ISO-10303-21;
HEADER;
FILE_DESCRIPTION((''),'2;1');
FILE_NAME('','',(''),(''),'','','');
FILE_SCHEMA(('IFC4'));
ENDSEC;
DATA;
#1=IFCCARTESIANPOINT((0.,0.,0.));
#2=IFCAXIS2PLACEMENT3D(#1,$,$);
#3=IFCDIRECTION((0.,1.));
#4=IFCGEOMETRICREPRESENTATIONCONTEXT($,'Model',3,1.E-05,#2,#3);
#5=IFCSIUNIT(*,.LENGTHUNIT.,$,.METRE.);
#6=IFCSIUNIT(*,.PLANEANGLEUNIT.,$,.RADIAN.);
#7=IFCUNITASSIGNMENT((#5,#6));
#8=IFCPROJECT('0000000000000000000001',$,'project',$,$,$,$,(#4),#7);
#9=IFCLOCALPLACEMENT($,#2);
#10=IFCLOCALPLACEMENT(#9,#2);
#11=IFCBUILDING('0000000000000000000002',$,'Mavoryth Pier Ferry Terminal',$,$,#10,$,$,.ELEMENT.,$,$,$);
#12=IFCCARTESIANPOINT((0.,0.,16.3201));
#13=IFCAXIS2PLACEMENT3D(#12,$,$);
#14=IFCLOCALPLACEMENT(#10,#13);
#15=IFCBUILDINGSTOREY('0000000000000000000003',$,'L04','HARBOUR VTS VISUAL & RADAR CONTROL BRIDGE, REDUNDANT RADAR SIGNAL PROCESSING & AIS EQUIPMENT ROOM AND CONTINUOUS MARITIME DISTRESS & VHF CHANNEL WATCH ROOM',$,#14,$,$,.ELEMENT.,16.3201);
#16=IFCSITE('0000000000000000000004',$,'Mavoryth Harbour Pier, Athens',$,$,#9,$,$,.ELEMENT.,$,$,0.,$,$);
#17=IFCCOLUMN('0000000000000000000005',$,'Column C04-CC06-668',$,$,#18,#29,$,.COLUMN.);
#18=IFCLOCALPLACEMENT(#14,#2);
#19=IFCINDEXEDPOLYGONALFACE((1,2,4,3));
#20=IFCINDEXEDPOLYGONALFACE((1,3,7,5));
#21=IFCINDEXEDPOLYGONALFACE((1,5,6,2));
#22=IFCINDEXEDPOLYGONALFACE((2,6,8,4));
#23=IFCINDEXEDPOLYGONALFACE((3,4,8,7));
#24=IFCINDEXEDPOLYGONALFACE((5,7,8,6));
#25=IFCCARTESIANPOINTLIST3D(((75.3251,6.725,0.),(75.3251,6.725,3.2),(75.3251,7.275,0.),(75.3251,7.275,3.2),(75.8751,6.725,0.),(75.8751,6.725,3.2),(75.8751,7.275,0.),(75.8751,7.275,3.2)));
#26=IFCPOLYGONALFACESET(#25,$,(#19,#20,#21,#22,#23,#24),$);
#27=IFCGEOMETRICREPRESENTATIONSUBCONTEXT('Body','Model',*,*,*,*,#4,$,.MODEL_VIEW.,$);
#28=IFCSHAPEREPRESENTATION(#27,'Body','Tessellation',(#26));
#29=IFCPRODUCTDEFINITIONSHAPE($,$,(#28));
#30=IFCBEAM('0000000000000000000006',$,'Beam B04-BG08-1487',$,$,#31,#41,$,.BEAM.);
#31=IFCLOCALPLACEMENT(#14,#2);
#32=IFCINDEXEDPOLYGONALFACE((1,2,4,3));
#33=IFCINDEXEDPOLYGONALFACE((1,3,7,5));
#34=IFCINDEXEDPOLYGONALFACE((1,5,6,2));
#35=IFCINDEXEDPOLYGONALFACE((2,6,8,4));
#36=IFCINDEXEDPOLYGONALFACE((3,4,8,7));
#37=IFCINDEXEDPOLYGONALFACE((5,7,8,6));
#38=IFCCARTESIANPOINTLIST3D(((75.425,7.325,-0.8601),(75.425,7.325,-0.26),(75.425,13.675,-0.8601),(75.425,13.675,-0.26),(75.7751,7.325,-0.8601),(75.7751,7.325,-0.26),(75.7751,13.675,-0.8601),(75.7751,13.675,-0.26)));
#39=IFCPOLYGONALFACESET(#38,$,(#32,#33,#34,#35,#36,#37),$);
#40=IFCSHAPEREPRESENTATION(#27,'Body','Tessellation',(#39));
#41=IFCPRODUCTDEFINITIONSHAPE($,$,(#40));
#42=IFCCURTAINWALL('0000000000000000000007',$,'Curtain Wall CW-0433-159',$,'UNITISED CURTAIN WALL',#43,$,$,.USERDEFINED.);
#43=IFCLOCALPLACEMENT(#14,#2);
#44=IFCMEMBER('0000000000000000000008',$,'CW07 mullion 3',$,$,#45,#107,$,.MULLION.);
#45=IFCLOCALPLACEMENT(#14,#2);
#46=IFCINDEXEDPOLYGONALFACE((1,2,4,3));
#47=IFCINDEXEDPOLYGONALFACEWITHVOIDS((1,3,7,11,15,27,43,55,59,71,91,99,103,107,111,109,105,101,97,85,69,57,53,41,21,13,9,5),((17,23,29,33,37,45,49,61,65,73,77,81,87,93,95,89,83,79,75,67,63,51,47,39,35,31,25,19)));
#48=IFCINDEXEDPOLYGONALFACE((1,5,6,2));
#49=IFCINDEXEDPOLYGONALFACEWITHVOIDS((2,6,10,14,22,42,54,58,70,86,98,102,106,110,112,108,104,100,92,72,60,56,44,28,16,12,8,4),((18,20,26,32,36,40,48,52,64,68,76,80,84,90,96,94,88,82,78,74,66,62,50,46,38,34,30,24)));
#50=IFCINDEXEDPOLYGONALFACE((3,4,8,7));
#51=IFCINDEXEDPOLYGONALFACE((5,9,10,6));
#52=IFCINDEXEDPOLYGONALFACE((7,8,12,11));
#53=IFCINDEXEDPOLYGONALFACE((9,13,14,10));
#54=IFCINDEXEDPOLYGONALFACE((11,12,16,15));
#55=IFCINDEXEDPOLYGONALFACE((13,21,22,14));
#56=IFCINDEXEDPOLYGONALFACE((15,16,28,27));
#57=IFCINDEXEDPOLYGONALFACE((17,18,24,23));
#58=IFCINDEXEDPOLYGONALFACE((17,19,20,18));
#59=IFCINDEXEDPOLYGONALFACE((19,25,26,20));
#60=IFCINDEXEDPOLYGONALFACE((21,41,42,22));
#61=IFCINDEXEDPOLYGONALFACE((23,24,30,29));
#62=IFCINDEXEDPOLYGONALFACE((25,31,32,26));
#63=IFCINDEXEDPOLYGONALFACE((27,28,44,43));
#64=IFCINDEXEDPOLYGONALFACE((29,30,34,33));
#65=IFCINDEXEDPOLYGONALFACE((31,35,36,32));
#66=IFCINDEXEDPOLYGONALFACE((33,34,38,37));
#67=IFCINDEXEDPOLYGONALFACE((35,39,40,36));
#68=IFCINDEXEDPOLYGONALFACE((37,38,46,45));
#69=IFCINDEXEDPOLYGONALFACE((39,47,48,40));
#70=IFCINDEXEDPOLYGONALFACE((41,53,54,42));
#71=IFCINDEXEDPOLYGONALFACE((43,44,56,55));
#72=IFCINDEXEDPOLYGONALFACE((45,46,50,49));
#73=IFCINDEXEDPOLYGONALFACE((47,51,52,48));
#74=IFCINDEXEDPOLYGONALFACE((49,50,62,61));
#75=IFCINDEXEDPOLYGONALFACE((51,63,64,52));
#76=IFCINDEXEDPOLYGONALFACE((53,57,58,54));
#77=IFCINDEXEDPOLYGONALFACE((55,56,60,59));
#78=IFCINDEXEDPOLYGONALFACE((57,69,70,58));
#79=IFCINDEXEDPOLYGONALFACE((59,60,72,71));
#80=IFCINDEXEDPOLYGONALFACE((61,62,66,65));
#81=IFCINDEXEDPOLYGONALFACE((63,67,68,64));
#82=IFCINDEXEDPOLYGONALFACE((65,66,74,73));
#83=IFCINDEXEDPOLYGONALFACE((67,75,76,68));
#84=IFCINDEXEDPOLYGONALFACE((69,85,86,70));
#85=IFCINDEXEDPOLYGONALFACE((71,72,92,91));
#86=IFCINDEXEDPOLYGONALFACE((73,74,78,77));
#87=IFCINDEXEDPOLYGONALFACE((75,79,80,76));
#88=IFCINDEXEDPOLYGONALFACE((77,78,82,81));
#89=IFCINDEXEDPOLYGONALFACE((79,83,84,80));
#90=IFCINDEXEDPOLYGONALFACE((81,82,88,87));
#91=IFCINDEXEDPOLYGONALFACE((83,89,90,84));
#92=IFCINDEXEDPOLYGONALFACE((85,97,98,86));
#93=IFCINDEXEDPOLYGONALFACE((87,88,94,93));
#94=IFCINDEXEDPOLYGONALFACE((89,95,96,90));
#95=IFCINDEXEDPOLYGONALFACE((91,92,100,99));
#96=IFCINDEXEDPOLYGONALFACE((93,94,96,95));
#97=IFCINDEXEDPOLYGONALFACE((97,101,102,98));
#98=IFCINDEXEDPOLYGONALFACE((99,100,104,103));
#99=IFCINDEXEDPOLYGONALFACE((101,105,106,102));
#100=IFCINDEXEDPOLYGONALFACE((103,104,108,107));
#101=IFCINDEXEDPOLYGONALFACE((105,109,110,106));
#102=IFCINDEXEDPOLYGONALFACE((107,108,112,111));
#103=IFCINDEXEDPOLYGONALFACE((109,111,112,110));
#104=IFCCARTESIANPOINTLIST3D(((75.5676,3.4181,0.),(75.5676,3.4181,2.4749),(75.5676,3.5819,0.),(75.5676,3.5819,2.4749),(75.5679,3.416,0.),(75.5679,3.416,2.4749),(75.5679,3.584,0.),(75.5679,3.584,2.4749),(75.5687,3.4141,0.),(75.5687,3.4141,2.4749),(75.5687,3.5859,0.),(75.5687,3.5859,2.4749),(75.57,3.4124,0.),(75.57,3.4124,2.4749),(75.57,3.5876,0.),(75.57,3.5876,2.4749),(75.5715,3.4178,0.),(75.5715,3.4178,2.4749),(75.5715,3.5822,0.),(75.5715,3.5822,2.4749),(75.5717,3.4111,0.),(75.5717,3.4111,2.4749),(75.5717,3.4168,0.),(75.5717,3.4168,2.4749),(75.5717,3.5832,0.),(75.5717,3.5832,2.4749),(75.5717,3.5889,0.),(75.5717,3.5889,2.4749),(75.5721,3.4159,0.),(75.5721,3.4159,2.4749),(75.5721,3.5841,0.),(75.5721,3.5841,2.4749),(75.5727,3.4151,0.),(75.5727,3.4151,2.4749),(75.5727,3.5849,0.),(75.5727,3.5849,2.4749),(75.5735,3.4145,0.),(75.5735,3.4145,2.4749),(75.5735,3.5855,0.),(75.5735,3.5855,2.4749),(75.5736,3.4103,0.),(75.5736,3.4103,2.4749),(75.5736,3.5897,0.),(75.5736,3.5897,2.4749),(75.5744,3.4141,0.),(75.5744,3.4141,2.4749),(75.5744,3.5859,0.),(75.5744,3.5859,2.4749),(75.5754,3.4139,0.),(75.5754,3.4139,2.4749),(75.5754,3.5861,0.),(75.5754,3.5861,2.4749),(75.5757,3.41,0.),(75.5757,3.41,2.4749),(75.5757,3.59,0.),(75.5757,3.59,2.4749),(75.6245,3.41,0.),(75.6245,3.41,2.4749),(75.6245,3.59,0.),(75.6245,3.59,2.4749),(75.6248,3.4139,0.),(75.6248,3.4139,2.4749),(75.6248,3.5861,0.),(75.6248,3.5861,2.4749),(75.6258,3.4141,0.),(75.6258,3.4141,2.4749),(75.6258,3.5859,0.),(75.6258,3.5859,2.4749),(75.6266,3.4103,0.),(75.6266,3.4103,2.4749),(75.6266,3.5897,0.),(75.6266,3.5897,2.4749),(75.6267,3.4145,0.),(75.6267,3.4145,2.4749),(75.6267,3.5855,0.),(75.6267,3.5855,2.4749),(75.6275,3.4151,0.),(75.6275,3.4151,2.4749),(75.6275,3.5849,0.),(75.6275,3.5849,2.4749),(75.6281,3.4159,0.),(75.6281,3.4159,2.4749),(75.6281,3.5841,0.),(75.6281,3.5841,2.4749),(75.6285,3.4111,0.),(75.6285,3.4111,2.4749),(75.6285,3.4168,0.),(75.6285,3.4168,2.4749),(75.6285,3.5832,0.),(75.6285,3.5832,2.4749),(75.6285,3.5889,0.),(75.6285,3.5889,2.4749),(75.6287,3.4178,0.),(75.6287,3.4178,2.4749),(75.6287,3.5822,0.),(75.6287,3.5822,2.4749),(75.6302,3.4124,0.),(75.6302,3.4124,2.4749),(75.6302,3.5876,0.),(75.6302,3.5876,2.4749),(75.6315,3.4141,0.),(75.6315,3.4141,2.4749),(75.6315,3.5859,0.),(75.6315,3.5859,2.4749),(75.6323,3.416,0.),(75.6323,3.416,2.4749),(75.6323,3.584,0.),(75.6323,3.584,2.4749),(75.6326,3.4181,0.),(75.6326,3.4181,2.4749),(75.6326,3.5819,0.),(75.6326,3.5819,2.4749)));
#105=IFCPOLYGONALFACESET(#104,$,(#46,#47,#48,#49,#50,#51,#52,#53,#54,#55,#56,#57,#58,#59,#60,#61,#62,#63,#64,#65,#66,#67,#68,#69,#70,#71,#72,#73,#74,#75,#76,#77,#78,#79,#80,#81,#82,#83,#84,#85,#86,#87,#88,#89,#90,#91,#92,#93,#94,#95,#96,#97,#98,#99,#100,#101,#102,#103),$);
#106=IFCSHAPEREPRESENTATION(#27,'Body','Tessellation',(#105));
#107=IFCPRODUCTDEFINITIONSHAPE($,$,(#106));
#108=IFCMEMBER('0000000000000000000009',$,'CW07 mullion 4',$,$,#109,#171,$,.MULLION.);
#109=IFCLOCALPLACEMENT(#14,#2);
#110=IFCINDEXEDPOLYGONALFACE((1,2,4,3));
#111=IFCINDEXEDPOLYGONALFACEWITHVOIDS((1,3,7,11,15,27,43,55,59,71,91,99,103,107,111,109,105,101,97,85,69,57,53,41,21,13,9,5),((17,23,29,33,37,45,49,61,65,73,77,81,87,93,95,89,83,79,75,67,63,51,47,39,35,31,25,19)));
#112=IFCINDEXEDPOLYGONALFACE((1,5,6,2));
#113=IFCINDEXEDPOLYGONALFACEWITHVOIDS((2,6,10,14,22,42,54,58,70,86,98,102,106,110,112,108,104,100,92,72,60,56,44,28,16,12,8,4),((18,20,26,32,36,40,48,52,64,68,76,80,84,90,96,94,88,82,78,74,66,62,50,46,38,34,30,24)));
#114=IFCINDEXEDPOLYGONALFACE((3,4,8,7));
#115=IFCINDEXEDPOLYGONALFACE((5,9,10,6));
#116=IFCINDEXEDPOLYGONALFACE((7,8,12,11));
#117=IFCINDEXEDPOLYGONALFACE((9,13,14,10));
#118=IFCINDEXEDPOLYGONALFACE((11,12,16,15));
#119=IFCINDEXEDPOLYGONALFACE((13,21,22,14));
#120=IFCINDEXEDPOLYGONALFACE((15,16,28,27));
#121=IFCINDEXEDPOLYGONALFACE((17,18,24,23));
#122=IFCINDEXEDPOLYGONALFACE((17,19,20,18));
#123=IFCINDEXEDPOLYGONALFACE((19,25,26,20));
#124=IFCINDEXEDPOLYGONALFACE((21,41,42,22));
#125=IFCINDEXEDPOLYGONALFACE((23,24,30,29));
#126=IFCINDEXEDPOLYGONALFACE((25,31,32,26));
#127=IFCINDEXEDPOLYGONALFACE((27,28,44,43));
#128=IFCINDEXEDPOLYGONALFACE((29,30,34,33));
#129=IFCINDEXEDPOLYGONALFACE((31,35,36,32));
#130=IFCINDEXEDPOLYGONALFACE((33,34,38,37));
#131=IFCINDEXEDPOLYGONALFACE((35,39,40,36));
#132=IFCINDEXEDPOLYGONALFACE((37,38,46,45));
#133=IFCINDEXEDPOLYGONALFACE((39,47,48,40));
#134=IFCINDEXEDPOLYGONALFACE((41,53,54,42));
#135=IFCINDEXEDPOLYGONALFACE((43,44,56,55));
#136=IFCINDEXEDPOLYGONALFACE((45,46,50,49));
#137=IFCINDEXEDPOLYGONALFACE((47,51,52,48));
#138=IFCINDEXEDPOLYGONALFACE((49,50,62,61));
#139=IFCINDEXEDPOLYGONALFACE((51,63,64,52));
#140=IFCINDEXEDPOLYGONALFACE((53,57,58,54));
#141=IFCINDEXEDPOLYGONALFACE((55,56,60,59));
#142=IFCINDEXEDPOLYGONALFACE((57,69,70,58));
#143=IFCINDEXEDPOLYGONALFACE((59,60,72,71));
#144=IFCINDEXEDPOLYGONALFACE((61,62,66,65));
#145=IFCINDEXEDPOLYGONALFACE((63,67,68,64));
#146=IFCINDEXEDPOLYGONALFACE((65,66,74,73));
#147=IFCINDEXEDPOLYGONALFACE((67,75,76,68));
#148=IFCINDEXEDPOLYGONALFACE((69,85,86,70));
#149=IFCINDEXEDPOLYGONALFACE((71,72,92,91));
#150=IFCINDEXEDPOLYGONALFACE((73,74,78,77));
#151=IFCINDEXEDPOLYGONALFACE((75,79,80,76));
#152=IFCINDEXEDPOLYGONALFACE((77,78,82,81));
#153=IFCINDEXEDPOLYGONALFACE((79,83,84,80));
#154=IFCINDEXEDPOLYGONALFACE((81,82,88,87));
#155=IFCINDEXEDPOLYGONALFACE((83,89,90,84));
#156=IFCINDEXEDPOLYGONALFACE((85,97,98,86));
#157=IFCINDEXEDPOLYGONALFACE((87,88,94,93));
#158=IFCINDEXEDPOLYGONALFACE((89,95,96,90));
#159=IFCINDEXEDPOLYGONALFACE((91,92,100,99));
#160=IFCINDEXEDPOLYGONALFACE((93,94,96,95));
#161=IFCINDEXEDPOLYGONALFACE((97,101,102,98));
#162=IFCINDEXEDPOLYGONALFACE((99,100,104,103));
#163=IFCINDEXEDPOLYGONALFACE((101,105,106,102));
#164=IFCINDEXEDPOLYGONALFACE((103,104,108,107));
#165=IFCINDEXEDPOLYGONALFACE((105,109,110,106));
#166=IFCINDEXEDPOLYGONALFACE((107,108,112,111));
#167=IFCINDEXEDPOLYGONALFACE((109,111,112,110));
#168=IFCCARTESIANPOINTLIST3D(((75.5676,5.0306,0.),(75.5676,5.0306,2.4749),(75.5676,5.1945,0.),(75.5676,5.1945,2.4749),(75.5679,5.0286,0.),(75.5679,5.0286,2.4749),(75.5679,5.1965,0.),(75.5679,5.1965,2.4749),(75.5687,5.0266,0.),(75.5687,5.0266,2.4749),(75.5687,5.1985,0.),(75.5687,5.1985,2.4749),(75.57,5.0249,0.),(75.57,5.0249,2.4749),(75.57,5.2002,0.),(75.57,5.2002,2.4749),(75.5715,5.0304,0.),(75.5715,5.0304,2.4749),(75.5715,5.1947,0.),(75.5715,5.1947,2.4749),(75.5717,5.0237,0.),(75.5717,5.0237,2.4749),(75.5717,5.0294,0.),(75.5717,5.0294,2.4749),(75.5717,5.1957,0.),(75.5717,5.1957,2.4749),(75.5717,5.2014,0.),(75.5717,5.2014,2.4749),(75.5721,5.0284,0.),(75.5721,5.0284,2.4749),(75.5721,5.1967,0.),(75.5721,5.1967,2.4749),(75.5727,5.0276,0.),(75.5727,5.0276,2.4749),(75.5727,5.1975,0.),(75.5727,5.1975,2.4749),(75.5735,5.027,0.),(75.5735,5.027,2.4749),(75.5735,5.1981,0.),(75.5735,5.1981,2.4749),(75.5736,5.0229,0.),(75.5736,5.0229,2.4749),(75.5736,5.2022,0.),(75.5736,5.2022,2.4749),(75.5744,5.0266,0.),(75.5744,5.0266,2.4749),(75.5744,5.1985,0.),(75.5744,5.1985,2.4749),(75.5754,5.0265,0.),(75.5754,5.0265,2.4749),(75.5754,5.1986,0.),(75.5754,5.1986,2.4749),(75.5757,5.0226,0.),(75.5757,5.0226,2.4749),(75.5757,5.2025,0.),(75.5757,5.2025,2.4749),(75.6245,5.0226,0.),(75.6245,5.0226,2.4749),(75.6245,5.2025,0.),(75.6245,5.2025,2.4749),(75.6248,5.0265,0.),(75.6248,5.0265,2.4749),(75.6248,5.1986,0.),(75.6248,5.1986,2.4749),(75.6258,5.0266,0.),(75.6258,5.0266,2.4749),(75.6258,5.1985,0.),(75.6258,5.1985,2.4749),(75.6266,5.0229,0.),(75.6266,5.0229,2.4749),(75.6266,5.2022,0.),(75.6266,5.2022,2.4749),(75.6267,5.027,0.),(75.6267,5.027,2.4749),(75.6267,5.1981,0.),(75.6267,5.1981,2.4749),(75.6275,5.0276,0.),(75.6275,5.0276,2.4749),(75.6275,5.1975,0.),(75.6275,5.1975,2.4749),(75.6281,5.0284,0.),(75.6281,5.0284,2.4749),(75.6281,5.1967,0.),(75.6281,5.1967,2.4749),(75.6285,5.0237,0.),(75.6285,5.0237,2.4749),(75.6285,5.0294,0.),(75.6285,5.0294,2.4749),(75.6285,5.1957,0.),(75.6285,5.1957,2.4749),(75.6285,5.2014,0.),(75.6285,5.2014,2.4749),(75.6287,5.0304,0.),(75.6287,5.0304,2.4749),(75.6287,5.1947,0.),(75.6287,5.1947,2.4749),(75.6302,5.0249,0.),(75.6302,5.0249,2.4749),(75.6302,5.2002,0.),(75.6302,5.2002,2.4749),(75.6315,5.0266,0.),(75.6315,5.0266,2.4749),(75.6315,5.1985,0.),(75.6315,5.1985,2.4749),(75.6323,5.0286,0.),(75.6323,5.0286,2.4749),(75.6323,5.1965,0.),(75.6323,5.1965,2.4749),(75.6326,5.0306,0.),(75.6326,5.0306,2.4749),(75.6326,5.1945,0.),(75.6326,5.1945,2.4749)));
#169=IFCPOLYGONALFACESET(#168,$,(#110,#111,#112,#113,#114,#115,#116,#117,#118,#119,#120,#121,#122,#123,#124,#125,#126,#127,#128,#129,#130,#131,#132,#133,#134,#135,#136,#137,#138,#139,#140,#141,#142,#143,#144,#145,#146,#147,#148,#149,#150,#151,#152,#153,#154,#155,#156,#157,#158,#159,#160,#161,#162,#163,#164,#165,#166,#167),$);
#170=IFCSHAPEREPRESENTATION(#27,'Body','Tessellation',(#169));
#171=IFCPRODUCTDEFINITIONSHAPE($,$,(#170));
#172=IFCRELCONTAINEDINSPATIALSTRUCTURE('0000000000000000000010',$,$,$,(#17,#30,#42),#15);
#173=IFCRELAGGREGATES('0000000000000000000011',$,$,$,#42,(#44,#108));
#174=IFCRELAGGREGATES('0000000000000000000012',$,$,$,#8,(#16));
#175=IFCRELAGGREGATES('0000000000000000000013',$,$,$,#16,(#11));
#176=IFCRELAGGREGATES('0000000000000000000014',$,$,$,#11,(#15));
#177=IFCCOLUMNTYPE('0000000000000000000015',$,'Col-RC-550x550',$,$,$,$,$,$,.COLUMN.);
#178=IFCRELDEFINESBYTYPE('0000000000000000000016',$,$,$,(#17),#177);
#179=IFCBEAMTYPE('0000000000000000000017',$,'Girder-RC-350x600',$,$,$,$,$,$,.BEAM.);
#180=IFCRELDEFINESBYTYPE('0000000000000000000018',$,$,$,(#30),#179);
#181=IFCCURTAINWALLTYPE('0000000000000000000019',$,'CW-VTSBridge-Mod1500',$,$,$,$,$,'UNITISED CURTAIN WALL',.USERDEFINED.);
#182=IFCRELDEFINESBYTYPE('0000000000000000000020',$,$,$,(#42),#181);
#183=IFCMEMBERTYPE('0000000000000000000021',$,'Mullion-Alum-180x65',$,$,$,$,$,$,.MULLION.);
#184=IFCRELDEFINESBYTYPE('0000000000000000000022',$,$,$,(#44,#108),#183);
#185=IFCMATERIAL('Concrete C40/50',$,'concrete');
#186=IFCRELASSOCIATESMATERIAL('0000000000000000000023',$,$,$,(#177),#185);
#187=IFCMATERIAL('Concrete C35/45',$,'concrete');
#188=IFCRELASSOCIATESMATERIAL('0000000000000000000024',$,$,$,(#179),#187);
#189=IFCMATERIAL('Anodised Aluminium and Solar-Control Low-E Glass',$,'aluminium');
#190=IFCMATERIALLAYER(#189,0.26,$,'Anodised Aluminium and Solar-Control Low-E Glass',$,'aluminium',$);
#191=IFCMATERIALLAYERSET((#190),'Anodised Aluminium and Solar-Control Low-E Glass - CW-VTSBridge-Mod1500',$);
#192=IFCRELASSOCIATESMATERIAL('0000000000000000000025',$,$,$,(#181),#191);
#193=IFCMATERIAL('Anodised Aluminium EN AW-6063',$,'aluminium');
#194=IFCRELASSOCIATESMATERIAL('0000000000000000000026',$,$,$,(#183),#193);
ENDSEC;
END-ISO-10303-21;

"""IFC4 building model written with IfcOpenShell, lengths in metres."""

from ifc_helpers import new_model, si_unit, direction, frame, origin, origin_2d, place, context, subcontext, project, spatial, rectangle, hollow_rectangle, extrude, material, layer, layer_set, material_profile, profile_set, type_object, element, aggregate, save


model = new_model("IFC4")

# Units and contexts
model_context = context("Model", 3, precision=1e-05, world=origin(), true_north=direction((0.0, 1.0)))
body_context = subcontext(model_context, "Body", "Model", "MODEL_VIEW")
ifc_project = project(units=[si_unit("LENGTHUNIT", "METRE"), si_unit("PLANEANGLEUNIT", "RADIAN")], contexts=[model_context])

# Site, building, storey
site_placement = place(None, origin())
site = spatial("IfcSite", under=ifc_project, at=site_placement, Name="Mavoryth Harbour Pier, Athens", CompositionType="ELEMENT", RefElevation=0.0)
building_placement = place(site_placement, origin())
building = spatial("IfcBuilding", under=site, at=building_placement, Name="Mavoryth Pier Ferry Terminal", CompositionType="ELEMENT")
storey_placement = place(building_placement, frame((0.0, 0.0, 16.3201)))
storey = spatial("IfcBuildingStorey", under=building, at=storey_placement, Name="L04", Description="HARBOUR VTS VISUAL & RADAR CONTROL BRIDGE, REDUNDANT RADAR SIGNAL PROCESSING & AIS EQUIPMENT ROOM AND CONTINUOUS MARITIME DISTRESS & VHF CHANNEL WATCH ROOM", CompositionType="ELEMENT", Elevation=16.3201)

# Column
ifc_material_1 = material(Name="Concrete C40/50", Category="concrete")
ifc_material_profile_1 = material_profile(ifc_material_1, rectangle(XDim=0.55, YDim=0.55, at=origin_2d()), Name="RC 550x550", Category="concrete")
ifc_profile_set_1 = profile_set([ifc_material_profile_1], Name="Concrete C40/50 - RC 550x550")
column_type = type_object("IfcColumnType", Name="Col-RC-550x550", PredefinedType="COLUMN", material=ifc_profile_set_1)
column_placement = place(storey_placement, frame((75.6001, 7.0, 0.0), z_axis=(0.0, 0.0, 1.0), x_axis=(1.0, 0.0, 0.0)))
element("IfcColumn", 1, at=column_placement, inside=storey, type_object=column_type, Name="Column C04-CC06-668", PredefinedType="COLUMN", context=body_context, shape_type="SweptSolid", body=[
    extrude(rectangle(XDim=0.55, YDim=0.55, at=origin_2d()), origin(), (0.0, 0.0, 1.0), 3.2),
])

# Beam
ifc_material_2 = material(Name="Concrete C35/45", Category="concrete")
ifc_material_profile_2 = material_profile(ifc_material_2, rectangle(XDim=0.3501, YDim=0.6001, at=origin_2d()), Name="RC 350x600", Category="concrete")
ifc_profile_set_2 = profile_set([ifc_material_profile_2], Name="Concrete C35/45 - RC 350x600")
beam_type = type_object("IfcBeamType", Name="Girder-RC-350x600", PredefinedType="BEAM", material=ifc_profile_set_2)
beam_placement = place(storey_placement, frame((75.6001, 7.325, -0.5601), z_axis=(0.0, 1.0, 0.0), x_axis=(-1.0, 0.0, 0.0)))
element("IfcBeam", 2, at=beam_placement, inside=storey, type_object=beam_type, Name="Beam B04-BG08-1487", PredefinedType="BEAM", context=body_context, shape_type="SweptSolid", body=[
    extrude(rectangle(XDim=0.3501, YDim=0.6001, at=origin_2d()), origin(), (0.0, 0.0, 1.0), 6.3501),
])

# Curtain wall, members
ifc_material_3 = material(Name="Anodised Aluminium and Solar-Control Low-E Glass", Category="aluminium")
ifc_layer_1 = layer(ifc_material_3, 0.26, Name="Anodised Aluminium and Solar-Control Low-E Glass", Category="aluminium")
ifc_layer_set_1 = layer_set([ifc_layer_1], Name="Anodised Aluminium and Solar-Control Low-E Glass - CW-VTSBridge-Mod1500")
curtain_wall_type = type_object("IfcCurtainWallType", Name="CW-VTSBridge-Mod1500", ElementType="UNITISED CURTAIN WALL", PredefinedType="USERDEFINED", material=ifc_layer_set_1)
curtain_wall_1_placement = place(storey_placement, origin())
curtain_wall_1 = element("IfcCurtainWall", 3, at=curtain_wall_1_placement, inside=storey, type_object=curtain_wall_type, Name="Curtain Wall CW-0433-159", ObjectType="UNITISED CURTAIN WALL", PredefinedType="USERDEFINED")
ifc_material_4 = material(Name="Anodised Aluminium EN AW-6063", Category="aluminium")
ifc_material_profile_3 = material_profile(ifc_material_4, hollow_rectangle(XDim=0.0649, YDim=0.1799, WallThickness=0.0039, InnerFilletRadius=0.0039, OuterFilletRadius=0.0081, at=origin_2d()), Name="AL-MULL 180x65x4", Category="aluminium")
ifc_profile_set_3 = profile_set([ifc_material_profile_3], Name="Anodised Aluminium EN AW-6063 - AL-MULL 180x65x4")
member_type_1 = type_object("IfcMemberType", Name="Mullion-Alum-180x65", PredefinedType="MULLION", material=ifc_profile_set_3)
member_1_placement = place(storey_placement, frame((75.6001, 3.5, 0.0), z_axis=(0.0, 0.0, 1.0), x_axis=(-1.0, 0.0, 0.0)))
member_1 = element("IfcMember", 4, at=member_1_placement, type_object=member_type_1, Name="CW07 mullion 3", PredefinedType="MULLION", context=body_context, shape_type="SweptSolid", body=[
    extrude(hollow_rectangle(XDim=0.0649, YDim=0.1799, WallThickness=0.0039, InnerFilletRadius=0.0039, OuterFilletRadius=0.0081, at=origin_2d()), origin(), (0.0, 0.0, 1.0), 2.4749),
])
member_2_placement = place(storey_placement, frame((75.6001, 5.1125, 0.0), z_axis=(0.0, 0.0, 1.0), x_axis=(-1.0, 0.0, 0.0)))
member_2 = element("IfcMember", 5, at=member_2_placement, type_object=member_type_1, Name="CW07 mullion 4", PredefinedType="MULLION", context=body_context, shape_type="SweptSolid", body=[
    extrude(hollow_rectangle(XDim=0.0649, YDim=0.1799, WallThickness=0.0039, InnerFilletRadius=0.0039, OuterFilletRadius=0.0081, at=origin_2d()), origin(), (0.0, 0.0, 1.0), 2.4749),
])

aggregate(curtain_wall_1, [member_1, member_2])

save(model, "model.ifc")
